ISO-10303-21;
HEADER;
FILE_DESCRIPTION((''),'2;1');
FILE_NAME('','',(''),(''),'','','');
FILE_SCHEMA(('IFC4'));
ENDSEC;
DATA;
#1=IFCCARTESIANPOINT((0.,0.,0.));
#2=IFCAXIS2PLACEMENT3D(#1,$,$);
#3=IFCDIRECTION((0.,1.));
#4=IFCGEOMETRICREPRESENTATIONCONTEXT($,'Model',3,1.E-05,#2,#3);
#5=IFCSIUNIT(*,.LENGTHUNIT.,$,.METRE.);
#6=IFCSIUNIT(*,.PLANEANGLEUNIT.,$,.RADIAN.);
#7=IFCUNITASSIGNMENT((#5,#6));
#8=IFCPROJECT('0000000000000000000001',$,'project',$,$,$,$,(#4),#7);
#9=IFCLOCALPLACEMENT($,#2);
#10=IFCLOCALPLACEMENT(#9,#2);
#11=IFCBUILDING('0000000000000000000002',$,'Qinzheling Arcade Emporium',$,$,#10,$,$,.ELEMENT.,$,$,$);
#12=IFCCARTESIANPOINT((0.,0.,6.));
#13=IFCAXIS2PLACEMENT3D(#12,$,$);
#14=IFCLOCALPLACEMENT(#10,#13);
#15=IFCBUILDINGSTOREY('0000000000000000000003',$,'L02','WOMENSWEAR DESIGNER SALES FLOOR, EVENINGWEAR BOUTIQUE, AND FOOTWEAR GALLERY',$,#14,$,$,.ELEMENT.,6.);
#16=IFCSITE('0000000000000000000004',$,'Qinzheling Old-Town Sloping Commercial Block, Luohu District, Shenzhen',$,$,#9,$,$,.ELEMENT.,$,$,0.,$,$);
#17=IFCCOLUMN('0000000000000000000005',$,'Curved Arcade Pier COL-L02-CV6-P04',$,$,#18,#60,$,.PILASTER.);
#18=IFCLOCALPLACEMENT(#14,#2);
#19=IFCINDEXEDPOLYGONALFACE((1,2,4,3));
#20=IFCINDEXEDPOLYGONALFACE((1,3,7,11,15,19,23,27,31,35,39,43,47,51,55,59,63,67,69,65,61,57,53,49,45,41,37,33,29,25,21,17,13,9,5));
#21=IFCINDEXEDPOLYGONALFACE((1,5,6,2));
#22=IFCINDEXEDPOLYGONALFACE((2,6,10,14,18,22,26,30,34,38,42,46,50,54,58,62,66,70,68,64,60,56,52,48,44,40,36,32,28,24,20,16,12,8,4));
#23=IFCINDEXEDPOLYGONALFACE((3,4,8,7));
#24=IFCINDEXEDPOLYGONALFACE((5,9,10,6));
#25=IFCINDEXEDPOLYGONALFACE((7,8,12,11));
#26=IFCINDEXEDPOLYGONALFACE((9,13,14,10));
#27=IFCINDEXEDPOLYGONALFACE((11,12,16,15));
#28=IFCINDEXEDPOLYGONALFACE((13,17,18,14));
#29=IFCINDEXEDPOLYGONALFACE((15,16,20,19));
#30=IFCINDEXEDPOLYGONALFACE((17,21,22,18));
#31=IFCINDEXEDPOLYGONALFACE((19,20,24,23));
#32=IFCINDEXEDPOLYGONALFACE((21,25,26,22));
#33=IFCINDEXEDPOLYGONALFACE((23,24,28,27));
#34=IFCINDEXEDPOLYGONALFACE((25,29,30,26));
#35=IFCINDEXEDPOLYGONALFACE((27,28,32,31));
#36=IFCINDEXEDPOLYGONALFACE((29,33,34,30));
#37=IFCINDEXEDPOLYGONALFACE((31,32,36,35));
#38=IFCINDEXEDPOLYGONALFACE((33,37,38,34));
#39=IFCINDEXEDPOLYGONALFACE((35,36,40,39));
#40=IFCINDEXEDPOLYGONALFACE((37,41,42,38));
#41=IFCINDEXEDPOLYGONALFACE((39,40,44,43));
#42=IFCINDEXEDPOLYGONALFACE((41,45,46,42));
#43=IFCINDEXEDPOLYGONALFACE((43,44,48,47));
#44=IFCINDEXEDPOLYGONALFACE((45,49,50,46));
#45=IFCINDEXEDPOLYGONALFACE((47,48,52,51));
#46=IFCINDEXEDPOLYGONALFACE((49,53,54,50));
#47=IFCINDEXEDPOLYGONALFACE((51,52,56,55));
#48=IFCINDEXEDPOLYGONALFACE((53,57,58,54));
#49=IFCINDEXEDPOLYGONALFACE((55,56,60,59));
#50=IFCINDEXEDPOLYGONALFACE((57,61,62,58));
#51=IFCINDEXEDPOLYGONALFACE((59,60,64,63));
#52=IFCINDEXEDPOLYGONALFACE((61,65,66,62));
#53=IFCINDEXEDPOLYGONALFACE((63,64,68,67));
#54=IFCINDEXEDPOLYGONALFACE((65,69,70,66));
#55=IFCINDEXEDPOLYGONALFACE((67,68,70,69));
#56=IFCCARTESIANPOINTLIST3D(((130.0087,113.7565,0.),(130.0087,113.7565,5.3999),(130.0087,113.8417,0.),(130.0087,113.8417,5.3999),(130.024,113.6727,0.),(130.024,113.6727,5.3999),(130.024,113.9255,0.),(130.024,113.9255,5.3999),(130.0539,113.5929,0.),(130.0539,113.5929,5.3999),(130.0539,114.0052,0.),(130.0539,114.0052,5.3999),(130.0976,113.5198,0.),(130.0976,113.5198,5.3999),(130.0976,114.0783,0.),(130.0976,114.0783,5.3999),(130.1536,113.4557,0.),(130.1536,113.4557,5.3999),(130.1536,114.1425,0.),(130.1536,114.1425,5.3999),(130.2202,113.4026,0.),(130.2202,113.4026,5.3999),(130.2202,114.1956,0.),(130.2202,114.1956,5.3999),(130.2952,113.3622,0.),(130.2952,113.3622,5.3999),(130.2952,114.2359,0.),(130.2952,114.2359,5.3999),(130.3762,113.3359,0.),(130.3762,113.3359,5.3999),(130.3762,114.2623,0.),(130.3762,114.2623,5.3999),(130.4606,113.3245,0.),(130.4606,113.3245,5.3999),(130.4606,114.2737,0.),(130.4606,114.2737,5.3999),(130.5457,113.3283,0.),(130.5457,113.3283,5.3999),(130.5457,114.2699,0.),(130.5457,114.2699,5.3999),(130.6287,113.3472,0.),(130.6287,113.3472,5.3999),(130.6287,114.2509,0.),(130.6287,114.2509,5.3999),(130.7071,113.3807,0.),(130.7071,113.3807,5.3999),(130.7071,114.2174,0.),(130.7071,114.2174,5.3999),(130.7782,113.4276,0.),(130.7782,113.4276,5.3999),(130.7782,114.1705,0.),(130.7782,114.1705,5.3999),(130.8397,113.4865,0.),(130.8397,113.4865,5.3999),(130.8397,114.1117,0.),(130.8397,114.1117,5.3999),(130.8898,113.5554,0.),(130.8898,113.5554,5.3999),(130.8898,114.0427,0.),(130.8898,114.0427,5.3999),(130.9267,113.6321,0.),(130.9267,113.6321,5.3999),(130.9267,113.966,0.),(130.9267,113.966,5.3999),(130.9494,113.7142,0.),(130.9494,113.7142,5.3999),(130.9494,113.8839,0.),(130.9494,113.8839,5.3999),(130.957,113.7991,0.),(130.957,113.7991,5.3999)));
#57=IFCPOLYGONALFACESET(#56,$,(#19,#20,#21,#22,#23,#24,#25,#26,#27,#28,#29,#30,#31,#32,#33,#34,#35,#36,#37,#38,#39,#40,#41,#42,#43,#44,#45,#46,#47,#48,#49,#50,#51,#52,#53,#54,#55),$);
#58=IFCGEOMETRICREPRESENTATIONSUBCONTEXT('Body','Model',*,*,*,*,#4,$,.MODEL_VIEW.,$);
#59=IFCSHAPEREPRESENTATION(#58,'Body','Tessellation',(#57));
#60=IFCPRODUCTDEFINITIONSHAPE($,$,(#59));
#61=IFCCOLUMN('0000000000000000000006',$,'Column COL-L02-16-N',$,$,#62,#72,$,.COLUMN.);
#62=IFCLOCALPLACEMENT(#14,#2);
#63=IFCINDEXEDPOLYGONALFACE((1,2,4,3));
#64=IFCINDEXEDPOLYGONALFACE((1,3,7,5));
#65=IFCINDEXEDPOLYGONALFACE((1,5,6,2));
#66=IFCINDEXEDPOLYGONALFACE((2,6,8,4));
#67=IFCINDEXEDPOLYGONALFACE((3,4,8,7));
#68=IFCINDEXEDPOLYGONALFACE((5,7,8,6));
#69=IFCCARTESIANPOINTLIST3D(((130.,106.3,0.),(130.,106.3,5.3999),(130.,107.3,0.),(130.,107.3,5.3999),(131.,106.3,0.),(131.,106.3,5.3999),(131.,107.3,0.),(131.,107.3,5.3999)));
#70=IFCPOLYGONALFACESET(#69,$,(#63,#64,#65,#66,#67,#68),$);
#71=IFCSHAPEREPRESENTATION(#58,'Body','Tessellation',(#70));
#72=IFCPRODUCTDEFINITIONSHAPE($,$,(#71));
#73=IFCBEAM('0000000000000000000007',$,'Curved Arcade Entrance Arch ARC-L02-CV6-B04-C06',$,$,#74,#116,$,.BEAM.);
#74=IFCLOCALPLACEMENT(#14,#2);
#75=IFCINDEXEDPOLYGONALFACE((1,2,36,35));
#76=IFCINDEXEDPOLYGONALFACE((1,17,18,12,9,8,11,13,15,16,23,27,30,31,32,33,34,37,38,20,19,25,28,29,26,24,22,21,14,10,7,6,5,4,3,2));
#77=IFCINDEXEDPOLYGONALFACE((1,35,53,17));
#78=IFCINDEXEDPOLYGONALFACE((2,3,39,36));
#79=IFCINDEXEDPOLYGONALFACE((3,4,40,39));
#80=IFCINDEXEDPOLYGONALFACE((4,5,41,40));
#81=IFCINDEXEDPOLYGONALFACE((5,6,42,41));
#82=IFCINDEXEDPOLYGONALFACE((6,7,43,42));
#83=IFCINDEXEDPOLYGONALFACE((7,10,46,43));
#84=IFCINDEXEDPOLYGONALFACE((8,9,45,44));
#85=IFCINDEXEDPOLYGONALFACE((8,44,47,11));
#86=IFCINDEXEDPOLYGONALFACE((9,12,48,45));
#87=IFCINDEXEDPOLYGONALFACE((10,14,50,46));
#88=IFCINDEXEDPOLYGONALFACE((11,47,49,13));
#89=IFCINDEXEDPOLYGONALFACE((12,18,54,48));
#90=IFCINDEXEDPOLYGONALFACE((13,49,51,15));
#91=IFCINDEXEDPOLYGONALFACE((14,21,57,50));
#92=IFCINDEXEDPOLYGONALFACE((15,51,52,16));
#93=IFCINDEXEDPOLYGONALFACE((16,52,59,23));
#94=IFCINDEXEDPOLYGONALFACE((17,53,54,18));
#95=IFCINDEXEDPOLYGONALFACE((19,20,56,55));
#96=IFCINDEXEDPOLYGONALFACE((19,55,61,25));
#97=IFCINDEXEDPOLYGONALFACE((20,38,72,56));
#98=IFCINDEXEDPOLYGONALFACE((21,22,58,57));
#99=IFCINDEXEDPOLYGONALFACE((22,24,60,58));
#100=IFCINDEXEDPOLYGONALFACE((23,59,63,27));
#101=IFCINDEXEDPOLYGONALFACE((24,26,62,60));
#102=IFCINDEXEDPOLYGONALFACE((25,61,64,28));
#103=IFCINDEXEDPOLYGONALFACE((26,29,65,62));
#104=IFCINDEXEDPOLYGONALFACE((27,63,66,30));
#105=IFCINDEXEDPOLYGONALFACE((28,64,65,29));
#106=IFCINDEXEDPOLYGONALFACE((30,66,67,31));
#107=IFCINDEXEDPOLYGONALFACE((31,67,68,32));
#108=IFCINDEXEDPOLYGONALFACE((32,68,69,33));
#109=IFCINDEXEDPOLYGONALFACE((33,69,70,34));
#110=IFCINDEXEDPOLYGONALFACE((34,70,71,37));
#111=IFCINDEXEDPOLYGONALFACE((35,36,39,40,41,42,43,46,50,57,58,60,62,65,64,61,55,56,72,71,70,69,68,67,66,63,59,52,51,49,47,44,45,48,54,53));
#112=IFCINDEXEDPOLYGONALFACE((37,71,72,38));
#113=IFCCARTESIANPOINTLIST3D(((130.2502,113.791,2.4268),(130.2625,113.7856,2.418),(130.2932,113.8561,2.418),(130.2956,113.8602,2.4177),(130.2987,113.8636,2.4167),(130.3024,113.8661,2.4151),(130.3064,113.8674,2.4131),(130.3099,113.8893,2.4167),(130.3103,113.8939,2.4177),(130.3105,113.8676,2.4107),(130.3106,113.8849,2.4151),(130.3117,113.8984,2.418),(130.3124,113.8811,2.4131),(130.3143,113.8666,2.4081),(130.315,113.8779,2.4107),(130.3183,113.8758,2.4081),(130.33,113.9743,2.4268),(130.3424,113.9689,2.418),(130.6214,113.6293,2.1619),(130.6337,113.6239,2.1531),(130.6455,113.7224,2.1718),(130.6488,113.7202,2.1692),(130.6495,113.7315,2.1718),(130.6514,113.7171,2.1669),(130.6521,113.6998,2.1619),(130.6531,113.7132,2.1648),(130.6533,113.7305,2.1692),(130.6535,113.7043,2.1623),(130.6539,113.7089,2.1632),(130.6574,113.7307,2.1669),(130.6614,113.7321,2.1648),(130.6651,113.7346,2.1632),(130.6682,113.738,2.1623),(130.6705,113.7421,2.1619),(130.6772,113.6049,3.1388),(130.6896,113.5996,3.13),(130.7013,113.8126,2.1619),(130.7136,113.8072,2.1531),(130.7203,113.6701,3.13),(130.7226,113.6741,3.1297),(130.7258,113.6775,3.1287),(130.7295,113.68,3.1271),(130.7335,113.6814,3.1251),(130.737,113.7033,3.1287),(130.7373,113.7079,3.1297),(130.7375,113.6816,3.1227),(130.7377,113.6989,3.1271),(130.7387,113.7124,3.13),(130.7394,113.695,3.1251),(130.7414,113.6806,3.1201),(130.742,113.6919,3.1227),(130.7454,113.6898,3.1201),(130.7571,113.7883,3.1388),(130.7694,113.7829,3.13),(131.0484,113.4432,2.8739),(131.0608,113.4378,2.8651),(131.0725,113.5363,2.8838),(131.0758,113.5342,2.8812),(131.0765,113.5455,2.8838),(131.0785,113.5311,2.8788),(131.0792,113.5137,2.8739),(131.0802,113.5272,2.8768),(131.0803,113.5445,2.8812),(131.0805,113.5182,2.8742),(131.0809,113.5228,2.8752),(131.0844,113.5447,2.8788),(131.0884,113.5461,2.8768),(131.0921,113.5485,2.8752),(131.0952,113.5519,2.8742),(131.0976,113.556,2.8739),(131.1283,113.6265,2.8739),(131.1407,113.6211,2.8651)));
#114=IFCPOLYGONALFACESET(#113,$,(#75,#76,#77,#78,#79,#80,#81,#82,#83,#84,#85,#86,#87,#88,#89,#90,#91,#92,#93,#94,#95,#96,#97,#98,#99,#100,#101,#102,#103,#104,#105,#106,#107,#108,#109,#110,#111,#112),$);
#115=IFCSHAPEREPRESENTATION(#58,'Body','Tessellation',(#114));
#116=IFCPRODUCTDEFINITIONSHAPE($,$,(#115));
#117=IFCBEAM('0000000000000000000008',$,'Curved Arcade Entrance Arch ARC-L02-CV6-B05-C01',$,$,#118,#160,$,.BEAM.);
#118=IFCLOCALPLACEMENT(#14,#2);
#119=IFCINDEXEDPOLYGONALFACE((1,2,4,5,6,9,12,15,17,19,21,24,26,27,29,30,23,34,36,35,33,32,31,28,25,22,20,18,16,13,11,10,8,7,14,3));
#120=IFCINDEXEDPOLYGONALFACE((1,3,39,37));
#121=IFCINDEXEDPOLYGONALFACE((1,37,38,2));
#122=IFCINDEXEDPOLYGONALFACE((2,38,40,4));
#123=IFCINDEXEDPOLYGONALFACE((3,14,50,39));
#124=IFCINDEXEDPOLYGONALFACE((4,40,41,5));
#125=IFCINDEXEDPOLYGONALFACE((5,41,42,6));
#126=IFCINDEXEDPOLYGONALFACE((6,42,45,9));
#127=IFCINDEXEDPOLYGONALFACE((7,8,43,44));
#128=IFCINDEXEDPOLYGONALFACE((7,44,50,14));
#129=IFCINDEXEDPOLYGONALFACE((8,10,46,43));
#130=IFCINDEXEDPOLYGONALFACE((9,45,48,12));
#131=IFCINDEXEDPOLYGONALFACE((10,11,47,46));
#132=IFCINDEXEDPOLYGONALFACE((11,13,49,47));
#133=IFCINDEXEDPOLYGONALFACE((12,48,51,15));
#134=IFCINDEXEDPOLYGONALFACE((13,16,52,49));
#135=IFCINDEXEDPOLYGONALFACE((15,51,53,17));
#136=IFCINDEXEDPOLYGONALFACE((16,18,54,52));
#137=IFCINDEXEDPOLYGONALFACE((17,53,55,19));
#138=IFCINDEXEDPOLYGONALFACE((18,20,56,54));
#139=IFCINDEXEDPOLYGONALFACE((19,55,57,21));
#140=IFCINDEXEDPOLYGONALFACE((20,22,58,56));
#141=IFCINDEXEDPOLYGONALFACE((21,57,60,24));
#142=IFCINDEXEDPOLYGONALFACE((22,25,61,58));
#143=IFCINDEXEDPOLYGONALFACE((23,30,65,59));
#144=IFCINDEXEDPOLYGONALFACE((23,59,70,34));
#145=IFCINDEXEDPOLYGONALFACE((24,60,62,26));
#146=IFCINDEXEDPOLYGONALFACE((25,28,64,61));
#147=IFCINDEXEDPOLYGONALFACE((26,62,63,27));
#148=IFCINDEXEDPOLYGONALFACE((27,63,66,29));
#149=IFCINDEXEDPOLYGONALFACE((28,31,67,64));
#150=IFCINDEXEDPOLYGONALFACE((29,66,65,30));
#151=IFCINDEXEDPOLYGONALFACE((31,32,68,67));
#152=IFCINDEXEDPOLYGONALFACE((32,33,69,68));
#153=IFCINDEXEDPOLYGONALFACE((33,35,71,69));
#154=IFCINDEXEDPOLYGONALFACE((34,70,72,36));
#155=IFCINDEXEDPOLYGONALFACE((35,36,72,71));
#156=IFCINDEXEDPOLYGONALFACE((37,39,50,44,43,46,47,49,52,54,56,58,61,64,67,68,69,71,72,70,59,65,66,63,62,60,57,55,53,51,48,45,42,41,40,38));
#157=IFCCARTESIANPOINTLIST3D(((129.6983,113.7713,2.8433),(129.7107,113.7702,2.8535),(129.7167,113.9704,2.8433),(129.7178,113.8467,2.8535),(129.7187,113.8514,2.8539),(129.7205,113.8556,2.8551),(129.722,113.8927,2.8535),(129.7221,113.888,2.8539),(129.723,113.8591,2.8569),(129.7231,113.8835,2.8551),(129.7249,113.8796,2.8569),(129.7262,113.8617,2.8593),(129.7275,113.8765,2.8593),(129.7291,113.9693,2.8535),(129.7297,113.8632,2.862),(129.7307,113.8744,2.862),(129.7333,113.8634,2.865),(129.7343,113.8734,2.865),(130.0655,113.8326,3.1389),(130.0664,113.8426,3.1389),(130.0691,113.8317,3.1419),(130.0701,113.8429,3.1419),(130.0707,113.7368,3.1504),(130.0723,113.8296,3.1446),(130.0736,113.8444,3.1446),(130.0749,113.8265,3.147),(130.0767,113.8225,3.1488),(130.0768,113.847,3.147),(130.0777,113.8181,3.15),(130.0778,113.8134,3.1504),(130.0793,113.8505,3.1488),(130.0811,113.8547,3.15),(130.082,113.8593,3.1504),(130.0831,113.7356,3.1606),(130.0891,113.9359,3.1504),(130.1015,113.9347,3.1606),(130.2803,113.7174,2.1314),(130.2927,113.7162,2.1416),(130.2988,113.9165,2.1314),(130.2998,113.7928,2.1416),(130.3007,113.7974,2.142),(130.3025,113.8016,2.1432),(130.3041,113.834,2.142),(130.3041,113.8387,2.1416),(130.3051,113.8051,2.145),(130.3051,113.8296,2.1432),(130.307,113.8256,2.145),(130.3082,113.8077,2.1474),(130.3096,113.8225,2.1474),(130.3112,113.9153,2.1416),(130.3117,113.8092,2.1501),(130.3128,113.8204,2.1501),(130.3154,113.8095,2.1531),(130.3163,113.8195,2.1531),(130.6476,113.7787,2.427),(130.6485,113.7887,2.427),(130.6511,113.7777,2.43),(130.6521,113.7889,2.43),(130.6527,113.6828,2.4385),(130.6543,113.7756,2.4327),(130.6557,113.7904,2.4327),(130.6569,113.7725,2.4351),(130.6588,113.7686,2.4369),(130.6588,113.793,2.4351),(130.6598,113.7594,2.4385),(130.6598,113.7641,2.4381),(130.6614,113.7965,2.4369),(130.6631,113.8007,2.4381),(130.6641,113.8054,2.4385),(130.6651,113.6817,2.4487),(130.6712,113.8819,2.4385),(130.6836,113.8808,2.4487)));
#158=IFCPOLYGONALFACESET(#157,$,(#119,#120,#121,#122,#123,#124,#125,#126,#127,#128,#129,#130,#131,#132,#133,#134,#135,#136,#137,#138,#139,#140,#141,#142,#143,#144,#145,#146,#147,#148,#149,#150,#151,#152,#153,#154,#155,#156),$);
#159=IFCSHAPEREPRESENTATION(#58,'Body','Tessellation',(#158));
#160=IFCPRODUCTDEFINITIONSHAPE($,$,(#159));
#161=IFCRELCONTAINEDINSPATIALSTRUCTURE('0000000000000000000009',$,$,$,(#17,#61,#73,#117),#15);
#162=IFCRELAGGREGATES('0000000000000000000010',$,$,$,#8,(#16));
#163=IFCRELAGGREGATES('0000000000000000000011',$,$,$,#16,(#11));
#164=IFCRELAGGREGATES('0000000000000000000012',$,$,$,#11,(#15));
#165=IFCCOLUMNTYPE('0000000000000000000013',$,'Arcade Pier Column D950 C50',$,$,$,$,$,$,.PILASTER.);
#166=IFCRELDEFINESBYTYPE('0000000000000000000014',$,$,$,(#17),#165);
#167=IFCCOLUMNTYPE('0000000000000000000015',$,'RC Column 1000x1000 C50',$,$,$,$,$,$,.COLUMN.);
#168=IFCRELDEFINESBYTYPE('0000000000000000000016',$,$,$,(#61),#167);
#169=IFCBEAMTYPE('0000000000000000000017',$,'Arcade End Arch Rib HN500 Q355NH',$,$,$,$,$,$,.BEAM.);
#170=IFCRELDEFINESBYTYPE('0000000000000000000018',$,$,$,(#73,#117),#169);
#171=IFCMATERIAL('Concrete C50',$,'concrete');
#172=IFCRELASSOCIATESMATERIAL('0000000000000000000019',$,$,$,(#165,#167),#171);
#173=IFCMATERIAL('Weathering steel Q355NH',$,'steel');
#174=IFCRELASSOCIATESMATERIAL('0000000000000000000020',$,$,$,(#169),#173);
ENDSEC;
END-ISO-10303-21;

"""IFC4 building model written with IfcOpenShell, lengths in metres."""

from ifc_helpers import new_model, si_unit, direction, frame, origin, origin_2d, place, context, subcontext, project, spatial, rectangle, circle, i_section, extrude, material, material_profile, profile_set, type_object, element, save


model = new_model("IFC4")

# Units and contexts
model_context = context("Model", 3, precision=1e-05, world=origin(), true_north=direction((0.0, 1.0)))
body_context = subcontext(model_context, "Body", "Model", "MODEL_VIEW")
ifc_project = project(units=[si_unit("LENGTHUNIT", "METRE"), si_unit("PLANEANGLEUNIT", "RADIAN")], contexts=[model_context])

# Site, building, storey
site_placement = place(None, origin())
site = spatial("IfcSite", under=ifc_project, at=site_placement, Name="Qinzheling Old-Town Sloping Commercial Block, Luohu District, Shenzhen", CompositionType="ELEMENT", RefElevation=0.0)
building_placement = place(site_placement, origin())
building = spatial("IfcBuilding", under=site, at=building_placement, Name="Qinzheling Arcade Emporium", CompositionType="ELEMENT")
storey_placement = place(building_placement, frame((0.0, 0.0, 6.0)))
storey = spatial("IfcBuildingStorey", under=building, at=storey_placement, Name="L02", Description="WOMENSWEAR DESIGNER SALES FLOOR, EVENINGWEAR BOUTIQUE, AND FOOTWEAR GALLERY", CompositionType="ELEMENT", Elevation=6.0)

# Columns
ifc_material_1 = material(Name="Concrete C50", Category="concrete")
ifc_material_profile_1 = material_profile(ifc_material_1, circle(Radius=0.4751, at=origin_2d()), Name="RC D950", Category="concrete")
ifc_profile_set_1 = profile_set([ifc_material_profile_1], Name="Concrete C50")
column_type_1 = type_object("IfcColumnType", Name="Arcade Pier Column D950 C50", PredefinedType="PILASTER", material=ifc_profile_set_1)
column_1_placement = place(storey_placement, frame((130.4819, 113.7991, 0.0), z_axis=(0.0, 0.0, 1.0), x_axis=(1.0, 0.0, 0.0)))
element("IfcColumn", 1, at=column_1_placement, inside=storey, type_object=column_type_1, Name="Curved Arcade Pier COL-L02-CV6-P04", PredefinedType="PILASTER", context=body_context, shape_type="SweptSolid", body=[
    extrude(circle(Radius=0.4751, at=origin_2d()), origin(), (0.0, 0.0, 1.0), 5.3999),
])
ifc_material_profile_2 = material_profile(ifc_material_1, rectangle(XDim=1.0, YDim=1.0, at=origin_2d()), Name="RC 1000x1000", Category="concrete")
ifc_profile_set_2 = profile_set([ifc_material_profile_2], Name="Concrete C50")
column_type_2 = type_object("IfcColumnType", Name="RC Column 1000x1000 C50", PredefinedType="COLUMN", material=ifc_profile_set_2)
column_2_placement = place(storey_placement, frame((130.5, 106.8, 0.0), z_axis=(0.0, 0.0, 1.0), x_axis=(1.0, 0.0, 0.0)))
element("IfcColumn", 2, at=column_2_placement, inside=storey, type_object=column_type_2, Name="Column COL-L02-16-N", PredefinedType="COLUMN", context=body_context, shape_type="SweptSolid", body=[
    extrude(rectangle(XDim=1.0, YDim=1.0, at=origin_2d()), origin(), (0.0, 0.0, 1.0), 5.3999),
])

# Beams
ifc_material_2 = material(Name="Weathering steel Q355NH", Category="steel")
ifc_material_profile_3 = material_profile(ifc_material_2, i_section(OverallWidth=0.2, OverallDepth=0.5, WebThickness=0.01, FlangeThickness=0.0161, FilletRadius=0.0181, at=origin_2d()), Name="HN 500x200x10x16", Category="steel")
ifc_profile_set_3 = profile_set([ifc_material_profile_3], Name="Weathering steel Q355NH")
beam_type_1 = type_object("IfcBeamType", Name="Arcade End Arch Rib HN500 Q355NH", PredefinedType="BEAM", material=ifc_profile_set_3)
beam_1_placement = place(storey_placement, frame((130.9089, 113.613, 3.002), z_axis=(-0.501917, 0.218674, -0.836816), x_axis=(-0.399416, -0.91677, 0.0)))
element("IfcBeam", 3, at=beam_1_placement, inside=storey, type_object=beam_type_1, Name="Curved Arcade Entrance Arch ARC-L02-CV6-B04-C06", PredefinedType="BEAM", context=body_context, shape_type="SweptSolid", body=[
    extrude(i_section(OverallWidth=0.2, OverallDepth=0.5, WebThickness=0.01, FlangeThickness=0.0161, FilletRadius=0.0181, at=origin_2d()), origin(), (0.0, 0.0, 1.0), 0.8508),
])
beam_2_placement = place(storey_placement, frame((130.4819, 113.7991, 2.29), z_axis=(-0.631862, 0.058574, 0.772865), x_axis=(-0.092306, -0.995731, 0.0)))
element("IfcBeam", 4, at=beam_2_placement, inside=storey, type_object=beam_type_1, Name="Curved Arcade Entrance Arch ARC-L02-CV6-B05-C01", PredefinedType="BEAM", context=body_context, shape_type="SweptSolid", body=[
    extrude(i_section(OverallWidth=0.2, OverallDepth=0.5, WebThickness=0.01, FlangeThickness=0.0161, FilletRadius=0.0181, at=origin_2d()), origin(), (0.0, 0.0, 1.0), 0.9211),
])

save(model, "model.ifc")
